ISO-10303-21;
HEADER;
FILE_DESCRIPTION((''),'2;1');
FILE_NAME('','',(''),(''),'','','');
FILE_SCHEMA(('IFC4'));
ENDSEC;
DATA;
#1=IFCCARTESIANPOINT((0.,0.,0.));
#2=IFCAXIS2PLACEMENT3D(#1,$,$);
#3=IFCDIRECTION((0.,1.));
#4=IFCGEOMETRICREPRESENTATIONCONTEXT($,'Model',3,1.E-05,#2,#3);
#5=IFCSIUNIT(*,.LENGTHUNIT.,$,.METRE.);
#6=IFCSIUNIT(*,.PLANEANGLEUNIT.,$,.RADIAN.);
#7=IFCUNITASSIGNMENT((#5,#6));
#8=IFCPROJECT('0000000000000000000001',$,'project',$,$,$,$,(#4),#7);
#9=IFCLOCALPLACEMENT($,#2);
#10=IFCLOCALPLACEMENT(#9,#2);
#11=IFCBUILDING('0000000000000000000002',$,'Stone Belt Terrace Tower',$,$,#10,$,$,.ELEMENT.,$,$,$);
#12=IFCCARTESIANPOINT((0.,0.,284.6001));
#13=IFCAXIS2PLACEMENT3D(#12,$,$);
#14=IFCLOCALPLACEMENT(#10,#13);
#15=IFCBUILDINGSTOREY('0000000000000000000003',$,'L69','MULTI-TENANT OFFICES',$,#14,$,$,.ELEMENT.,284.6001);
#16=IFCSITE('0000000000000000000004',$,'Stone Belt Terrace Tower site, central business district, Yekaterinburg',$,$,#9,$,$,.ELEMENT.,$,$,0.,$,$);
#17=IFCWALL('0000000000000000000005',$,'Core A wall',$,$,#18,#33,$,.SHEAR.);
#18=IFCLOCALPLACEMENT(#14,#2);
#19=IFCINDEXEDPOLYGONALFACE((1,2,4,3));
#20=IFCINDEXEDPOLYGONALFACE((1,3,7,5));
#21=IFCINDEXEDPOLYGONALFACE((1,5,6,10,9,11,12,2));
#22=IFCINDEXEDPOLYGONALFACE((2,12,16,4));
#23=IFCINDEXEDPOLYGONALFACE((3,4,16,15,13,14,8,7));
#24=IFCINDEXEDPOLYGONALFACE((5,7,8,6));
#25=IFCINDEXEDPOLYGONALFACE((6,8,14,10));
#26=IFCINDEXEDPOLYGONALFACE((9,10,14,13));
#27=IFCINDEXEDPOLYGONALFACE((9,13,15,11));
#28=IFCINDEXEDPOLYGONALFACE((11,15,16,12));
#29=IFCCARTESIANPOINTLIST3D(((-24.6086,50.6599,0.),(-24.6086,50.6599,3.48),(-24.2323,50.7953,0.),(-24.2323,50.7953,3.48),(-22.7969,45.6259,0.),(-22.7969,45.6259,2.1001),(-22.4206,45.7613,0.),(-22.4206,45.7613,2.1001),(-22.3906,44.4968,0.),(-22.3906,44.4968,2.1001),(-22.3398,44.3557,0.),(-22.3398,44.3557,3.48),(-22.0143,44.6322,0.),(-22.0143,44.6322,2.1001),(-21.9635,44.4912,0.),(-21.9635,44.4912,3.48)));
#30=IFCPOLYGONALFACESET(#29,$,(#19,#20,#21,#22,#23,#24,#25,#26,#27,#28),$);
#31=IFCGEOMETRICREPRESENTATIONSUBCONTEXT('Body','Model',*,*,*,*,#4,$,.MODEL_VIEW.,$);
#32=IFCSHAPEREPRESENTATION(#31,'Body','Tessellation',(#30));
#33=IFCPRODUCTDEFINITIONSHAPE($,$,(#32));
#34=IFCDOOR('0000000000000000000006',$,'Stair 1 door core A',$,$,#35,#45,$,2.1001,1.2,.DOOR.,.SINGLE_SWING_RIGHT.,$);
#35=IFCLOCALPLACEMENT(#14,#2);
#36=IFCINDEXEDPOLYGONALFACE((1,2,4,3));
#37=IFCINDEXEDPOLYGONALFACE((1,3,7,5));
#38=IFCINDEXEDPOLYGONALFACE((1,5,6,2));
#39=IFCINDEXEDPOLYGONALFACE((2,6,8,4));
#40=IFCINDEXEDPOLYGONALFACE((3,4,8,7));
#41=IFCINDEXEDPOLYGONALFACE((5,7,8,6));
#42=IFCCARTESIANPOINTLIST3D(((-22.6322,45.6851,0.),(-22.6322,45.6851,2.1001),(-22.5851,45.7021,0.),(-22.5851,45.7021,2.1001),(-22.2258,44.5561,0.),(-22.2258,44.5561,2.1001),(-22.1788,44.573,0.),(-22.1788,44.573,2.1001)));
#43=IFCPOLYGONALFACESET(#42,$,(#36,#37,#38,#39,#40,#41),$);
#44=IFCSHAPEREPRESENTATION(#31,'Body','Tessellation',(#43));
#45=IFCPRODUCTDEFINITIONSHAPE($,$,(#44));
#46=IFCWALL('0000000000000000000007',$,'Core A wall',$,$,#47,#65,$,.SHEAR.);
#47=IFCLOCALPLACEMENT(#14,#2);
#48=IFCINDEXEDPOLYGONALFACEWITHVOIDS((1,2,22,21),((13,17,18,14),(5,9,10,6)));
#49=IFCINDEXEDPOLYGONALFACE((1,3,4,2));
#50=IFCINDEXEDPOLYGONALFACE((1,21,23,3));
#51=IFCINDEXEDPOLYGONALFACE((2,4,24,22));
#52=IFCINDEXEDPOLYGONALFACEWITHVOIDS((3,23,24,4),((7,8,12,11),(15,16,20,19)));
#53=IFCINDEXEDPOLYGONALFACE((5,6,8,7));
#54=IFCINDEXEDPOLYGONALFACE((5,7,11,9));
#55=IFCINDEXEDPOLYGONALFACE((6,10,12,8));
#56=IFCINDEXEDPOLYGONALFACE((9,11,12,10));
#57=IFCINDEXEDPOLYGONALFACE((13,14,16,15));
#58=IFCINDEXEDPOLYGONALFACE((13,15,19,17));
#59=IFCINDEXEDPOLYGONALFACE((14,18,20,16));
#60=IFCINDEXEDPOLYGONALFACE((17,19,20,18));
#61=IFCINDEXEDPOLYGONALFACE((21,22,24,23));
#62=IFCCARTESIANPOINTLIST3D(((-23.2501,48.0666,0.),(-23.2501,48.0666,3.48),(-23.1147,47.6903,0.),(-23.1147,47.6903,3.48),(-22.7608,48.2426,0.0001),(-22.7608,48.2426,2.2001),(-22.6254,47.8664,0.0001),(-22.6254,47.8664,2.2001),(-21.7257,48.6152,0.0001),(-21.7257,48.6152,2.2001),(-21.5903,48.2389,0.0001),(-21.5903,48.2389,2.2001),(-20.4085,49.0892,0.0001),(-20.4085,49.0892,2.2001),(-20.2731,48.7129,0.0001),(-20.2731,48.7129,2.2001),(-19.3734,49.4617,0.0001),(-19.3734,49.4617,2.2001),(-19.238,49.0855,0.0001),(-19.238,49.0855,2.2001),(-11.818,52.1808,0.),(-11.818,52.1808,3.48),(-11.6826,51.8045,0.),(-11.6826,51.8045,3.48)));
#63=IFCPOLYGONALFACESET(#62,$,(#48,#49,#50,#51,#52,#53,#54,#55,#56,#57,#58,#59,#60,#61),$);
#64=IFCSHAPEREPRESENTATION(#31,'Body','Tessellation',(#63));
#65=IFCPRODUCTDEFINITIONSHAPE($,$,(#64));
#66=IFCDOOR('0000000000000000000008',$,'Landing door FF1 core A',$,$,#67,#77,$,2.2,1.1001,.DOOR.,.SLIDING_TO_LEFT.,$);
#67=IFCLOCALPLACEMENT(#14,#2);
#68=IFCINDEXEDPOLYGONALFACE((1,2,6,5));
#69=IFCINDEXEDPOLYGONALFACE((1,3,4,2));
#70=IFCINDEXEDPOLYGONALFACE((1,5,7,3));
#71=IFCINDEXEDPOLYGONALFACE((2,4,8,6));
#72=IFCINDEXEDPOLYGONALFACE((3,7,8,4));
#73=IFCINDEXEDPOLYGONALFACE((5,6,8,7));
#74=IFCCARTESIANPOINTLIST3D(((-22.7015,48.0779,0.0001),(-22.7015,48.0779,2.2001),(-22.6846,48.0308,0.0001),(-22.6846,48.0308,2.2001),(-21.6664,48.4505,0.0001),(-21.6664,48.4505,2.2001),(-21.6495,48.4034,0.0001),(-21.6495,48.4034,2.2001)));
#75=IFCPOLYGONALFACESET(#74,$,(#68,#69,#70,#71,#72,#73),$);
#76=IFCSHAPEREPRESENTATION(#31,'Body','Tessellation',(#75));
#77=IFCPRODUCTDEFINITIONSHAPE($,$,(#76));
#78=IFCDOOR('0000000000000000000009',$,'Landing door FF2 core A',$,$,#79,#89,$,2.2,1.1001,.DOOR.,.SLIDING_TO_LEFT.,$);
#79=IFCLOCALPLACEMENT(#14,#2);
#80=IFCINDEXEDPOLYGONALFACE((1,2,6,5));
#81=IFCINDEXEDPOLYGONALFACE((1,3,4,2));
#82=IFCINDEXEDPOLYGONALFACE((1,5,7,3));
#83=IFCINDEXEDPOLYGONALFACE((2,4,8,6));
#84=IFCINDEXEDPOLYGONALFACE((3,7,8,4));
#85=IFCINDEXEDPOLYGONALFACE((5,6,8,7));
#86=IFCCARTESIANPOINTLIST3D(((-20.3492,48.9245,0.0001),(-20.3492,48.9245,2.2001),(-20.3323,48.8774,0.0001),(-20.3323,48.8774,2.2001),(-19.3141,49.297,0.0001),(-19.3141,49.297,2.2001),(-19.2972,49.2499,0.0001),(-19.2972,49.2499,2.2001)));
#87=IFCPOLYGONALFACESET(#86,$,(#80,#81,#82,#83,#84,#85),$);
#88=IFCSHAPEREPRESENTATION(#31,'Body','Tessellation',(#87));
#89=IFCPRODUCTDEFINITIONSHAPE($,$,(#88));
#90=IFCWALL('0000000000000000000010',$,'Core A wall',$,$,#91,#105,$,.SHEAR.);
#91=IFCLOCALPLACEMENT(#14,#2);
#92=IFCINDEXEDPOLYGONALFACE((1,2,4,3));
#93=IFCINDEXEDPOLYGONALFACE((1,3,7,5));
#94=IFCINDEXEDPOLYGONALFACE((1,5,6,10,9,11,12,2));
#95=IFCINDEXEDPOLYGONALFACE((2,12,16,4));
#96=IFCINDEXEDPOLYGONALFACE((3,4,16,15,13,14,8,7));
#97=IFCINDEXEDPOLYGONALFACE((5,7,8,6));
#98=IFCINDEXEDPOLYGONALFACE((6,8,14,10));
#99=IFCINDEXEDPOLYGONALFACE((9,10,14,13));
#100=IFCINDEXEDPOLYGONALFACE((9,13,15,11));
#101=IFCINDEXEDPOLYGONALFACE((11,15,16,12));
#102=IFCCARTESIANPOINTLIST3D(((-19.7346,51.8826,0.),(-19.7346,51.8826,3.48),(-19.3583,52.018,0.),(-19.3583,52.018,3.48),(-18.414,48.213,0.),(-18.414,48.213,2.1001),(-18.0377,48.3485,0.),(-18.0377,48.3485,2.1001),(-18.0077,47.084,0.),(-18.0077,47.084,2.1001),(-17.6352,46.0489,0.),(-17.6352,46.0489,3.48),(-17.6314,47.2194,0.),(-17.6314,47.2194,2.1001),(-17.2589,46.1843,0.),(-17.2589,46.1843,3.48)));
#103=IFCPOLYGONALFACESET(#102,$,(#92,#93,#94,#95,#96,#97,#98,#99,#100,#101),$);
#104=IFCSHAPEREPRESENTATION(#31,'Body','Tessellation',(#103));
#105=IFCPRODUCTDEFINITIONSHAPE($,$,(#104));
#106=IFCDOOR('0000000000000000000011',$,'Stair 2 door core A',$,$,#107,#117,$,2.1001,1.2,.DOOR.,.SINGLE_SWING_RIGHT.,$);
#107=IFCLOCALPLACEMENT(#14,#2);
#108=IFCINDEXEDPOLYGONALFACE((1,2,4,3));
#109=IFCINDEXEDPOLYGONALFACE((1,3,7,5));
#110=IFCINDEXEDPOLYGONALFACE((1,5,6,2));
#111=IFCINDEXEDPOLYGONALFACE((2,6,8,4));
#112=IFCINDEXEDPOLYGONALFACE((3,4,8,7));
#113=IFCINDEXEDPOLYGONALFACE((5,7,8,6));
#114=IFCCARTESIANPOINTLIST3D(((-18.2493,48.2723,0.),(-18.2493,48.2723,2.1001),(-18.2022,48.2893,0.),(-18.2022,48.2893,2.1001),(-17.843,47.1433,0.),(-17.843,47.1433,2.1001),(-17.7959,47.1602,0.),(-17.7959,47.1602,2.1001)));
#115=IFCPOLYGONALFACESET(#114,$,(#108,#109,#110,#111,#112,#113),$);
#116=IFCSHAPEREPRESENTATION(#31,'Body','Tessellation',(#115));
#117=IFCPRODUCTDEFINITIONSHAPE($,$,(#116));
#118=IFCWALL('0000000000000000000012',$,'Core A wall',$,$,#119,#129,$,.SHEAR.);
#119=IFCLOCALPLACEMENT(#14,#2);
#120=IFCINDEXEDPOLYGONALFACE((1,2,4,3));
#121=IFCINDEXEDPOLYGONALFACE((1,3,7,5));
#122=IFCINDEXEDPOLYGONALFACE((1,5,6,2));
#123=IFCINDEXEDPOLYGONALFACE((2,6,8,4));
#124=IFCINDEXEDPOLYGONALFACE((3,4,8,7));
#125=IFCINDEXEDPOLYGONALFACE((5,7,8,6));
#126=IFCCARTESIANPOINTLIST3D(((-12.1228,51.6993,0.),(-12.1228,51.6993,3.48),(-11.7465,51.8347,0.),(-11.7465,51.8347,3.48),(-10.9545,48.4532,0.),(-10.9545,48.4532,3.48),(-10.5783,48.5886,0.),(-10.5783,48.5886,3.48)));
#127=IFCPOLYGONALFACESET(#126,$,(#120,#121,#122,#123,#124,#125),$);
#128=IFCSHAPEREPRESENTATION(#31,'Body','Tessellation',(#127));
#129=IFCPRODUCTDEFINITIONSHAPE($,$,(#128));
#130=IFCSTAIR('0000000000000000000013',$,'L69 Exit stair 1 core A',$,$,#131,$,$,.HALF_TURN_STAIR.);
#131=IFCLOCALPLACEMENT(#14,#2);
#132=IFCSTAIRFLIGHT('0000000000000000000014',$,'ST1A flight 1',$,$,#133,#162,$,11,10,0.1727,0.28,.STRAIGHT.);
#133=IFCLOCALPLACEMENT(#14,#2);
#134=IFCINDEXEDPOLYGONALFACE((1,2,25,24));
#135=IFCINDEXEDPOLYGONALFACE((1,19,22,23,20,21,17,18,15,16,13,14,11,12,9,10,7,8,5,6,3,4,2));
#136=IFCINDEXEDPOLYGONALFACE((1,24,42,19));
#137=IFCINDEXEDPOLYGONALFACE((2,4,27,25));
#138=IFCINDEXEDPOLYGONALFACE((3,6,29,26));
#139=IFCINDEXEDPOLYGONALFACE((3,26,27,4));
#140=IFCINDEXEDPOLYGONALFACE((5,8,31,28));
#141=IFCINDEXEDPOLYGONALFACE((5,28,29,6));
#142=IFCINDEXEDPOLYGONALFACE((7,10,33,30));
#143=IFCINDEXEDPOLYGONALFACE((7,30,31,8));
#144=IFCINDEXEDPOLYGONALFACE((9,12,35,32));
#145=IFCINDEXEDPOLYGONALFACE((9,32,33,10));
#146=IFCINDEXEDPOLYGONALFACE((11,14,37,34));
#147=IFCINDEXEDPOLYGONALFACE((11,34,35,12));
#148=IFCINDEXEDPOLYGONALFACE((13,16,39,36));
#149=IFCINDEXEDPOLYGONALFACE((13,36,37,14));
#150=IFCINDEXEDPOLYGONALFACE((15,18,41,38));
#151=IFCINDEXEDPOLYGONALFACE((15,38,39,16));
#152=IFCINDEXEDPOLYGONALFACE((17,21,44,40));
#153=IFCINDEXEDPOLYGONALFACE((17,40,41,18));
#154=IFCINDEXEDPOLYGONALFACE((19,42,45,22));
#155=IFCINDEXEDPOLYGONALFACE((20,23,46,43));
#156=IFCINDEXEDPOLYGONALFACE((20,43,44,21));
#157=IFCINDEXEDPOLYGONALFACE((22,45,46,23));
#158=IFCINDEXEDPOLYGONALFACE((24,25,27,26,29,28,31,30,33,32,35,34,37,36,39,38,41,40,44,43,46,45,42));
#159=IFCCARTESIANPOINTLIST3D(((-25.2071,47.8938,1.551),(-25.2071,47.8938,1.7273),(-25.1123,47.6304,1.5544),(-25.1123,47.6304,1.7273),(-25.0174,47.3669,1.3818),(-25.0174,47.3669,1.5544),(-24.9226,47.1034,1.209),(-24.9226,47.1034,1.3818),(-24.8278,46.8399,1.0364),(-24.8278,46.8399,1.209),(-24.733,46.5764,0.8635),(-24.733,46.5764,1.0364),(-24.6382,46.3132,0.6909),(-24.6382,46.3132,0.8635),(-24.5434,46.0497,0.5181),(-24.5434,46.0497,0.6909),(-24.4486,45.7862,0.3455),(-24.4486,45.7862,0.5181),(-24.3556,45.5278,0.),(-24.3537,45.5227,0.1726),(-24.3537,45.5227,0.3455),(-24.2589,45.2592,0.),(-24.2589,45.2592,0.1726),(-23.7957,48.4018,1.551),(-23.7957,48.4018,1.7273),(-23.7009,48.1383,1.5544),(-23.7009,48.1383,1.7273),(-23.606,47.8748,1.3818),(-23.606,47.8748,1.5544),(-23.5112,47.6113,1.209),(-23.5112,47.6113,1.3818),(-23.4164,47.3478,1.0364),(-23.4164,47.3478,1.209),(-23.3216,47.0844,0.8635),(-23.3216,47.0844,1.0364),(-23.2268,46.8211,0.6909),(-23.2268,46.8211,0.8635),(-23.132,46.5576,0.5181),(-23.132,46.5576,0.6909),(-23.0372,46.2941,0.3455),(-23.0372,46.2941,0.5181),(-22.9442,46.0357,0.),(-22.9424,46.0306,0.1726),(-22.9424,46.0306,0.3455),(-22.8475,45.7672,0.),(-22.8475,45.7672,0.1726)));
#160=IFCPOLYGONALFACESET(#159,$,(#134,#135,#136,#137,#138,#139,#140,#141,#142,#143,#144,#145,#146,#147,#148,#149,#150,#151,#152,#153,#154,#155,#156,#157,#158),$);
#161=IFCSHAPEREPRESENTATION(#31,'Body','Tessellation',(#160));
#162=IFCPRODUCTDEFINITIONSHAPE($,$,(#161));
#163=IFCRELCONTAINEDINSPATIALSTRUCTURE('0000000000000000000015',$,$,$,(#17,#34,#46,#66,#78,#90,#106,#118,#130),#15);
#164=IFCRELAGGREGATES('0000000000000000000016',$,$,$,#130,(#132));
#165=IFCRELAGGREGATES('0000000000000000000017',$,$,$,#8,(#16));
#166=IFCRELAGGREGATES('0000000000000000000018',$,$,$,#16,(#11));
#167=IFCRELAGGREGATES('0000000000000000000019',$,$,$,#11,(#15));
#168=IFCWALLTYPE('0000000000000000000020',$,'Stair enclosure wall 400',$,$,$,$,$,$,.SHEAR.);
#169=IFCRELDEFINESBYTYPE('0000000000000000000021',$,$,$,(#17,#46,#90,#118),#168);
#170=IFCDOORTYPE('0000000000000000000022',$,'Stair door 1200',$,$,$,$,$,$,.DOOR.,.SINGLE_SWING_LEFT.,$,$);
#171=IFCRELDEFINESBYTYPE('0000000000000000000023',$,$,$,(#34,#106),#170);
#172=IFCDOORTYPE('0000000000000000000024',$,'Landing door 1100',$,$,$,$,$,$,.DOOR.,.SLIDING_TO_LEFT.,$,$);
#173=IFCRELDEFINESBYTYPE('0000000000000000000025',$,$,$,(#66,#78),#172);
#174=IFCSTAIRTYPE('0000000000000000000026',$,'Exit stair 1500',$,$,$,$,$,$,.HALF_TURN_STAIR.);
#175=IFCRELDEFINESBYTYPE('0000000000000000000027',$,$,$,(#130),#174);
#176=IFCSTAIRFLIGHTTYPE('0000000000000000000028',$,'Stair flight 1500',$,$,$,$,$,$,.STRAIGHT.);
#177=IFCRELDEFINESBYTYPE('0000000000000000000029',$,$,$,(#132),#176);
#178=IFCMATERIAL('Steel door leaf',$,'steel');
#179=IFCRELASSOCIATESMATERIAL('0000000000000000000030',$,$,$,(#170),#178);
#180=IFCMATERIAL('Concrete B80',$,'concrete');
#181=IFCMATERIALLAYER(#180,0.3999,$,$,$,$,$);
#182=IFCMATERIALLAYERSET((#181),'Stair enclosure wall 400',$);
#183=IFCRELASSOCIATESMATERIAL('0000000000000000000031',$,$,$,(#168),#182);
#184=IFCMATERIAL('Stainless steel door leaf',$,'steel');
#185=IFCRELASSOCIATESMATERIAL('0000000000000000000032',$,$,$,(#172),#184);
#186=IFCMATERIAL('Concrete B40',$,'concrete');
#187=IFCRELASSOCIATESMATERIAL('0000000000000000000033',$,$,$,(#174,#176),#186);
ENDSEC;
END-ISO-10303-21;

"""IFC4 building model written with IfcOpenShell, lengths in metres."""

from ifc_helpers import new_model, si_unit, direction, frame, frame_2d, origin, place, context, subcontext, project, spatial, polyline, rectangle, outline, extrude, material, layer, layer_set, type_object, element, fill, aggregate, save


model = new_model("IFC4")

# Units and contexts
model_context = context("Model", 3, precision=1e-05, world=origin(), true_north=direction((0.0, 1.0)))
body_context = subcontext(model_context, "Body", "Model", "MODEL_VIEW")
ifc_project = project(units=[si_unit("LENGTHUNIT", "METRE"), si_unit("PLANEANGLEUNIT", "RADIAN")], contexts=[model_context])

# Site, building, storey
site_placement = place(None, origin())
site = spatial("IfcSite", under=ifc_project, at=site_placement, Name="Stone Belt Terrace Tower site, central business district, Yekaterinburg", CompositionType="ELEMENT", RefElevation=0.0)
building_placement = place(site_placement, origin())
building = spatial("IfcBuilding", under=site, at=building_placement, Name="Stone Belt Terrace Tower", CompositionType="ELEMENT")
storey_placement = place(building_placement, frame((0.0, 0.0, 284.6001)))
storey = spatial("IfcBuildingStorey", under=building, at=storey_placement, Name="L69", Description="MULTI-TENANT OFFICES", CompositionType="ELEMENT", Elevation=284.6001)

# Wall, opening, door
ifc_material_1 = material(Name="Steel door leaf", Category="steel")
door_type_1 = type_object("IfcDoorType", Name="Stair door 1200", OperationType="SINGLE_SWING_LEFT", PredefinedType="DOOR", material=ifc_material_1)
ifc_material_2 = material(Name="Concrete B80", Category="concrete")
ifc_layer_1 = layer(ifc_material_2, 0.3999)
ifc_layer_set_1 = layer_set([ifc_layer_1], Name="Stair enclosure wall 400")
wall_type_1 = type_object("IfcWallType", Name="Stair enclosure wall 400", PredefinedType="SHEAR", material=ifc_layer_set_1)
wall_1_placement = place(storey_placement, frame((-22.1516, 44.4233, 0.0), z_axis=(0.0, 0.0, 1.0), x_axis=(-0.338625, 0.940921, 0.0)))
wall_1 = element("IfcWall", 1, at=wall_1_placement, inside=storey, type_object=wall_type_1, Name="Core A wall", PredefinedType="SHEAR", context=body_context, shape_type="SweptSolid", body=[
    extrude(rectangle(XDim=6.7, YDim=0.3999, at=frame_2d((3.3501, 0.0))), origin(), (0.0, 0.0, 1.0), 3.48),
])
opening_1_placement = place(wall_1_placement, frame((0.1499, 0.0, 0.0)))
opening_1 = element("IfcOpeningElement", 2, at=opening_1_placement, cuts=wall_1, PredefinedType="OPENING", context=body_context, shape_type="SweptSolid", body=[
    extrude(rectangle(XDim=1.2, YDim=2.1001, at=frame_2d((0.6001, 1.05))), frame((0.0, 0.21, 0.0), z_axis=(0.0, -1.0, 0.0), x_axis=(1.0, 0.0, 0.0)), (0.0, 0.0, 1.0), 0.4199),
])
door_1_placement = place(opening_1_placement, origin())
door_1 = element("IfcDoor", 3, at=door_1_placement, inside=storey, type_object=door_type_1, Name="Stair 1 door core A", OperationType="SINGLE_SWING_RIGHT", OverallHeight=2.1001, OverallWidth=1.2, PredefinedType="DOOR", context=body_context, shape_type="SweptSolid", body=[
    extrude(rectangle(XDim=1.2, YDim=2.1001, at=frame_2d((0.6001, 1.05))), frame((0.0, 0.0249, 0.0), z_axis=(0.0, -1.0, 0.0), x_axis=(1.0, 0.0, 0.0)), (0.0, 0.0, 1.0), 0.05),
])
fill(opening_1, door_1)

# Wall, openings, doors
wall_2_placement = place(storey_placement, frame((-23.1824, 47.8784, 0.0), z_axis=(0.0, 0.0, 1.0), x_axis=(0.940922, 0.338624, 0.0)))
wall_2 = element("IfcWall", 4, at=wall_2_placement, inside=storey, type_object=wall_type_1, Name="Core A wall", PredefinedType="SHEAR", context=body_context, shape_type="SweptSolid", body=[
    extrude(rectangle(XDim=12.1499, YDim=0.3999, at=frame_2d((6.075, 0.0))), origin(), (0.0, 0.0, 1.0), 3.48),
])
opening_2_placement = place(wall_2_placement, frame((0.52, 0.0, 0.0)))
opening_2 = element("IfcOpeningElement", 5, at=opening_2_placement, cuts=wall_2, PredefinedType="OPENING", context=body_context, shape_type="SweptSolid", body=[
    extrude(rectangle(XDim=1.1001, YDim=2.2, at=frame_2d((0.55, 1.1001))), frame((0.0, 0.21, 0.0), z_axis=(0.0, -1.0, 0.0), x_axis=(1.0, 0.0, 0.0)), (0.0, 0.0, 1.0), 0.4199),
])
opening_3_placement = place(wall_2_placement, frame((3.02, 0.0, 0.0)))
opening_3 = element("IfcOpeningElement", 6, at=opening_3_placement, cuts=wall_2, PredefinedType="OPENING", context=body_context, shape_type="SweptSolid", body=[
    extrude(rectangle(XDim=1.1001, YDim=2.2, at=frame_2d((0.55, 1.1001))), frame((0.0, 0.21, 0.0), z_axis=(0.0, -1.0, 0.0), x_axis=(1.0, 0.0, 0.0)), (0.0, 0.0, 1.0), 0.4199),
])
ifc_material_3 = material(Name="Stainless steel door leaf", Category="steel")
door_type_2 = type_object("IfcDoorType", Name="Landing door 1100", OperationType="SLIDING_TO_LEFT", PredefinedType="DOOR", material=ifc_material_3)
door_2_placement = place(opening_2_placement, origin())
door_2 = element("IfcDoor", 7, at=door_2_placement, inside=storey, type_object=door_type_2, Name="Landing door FF1 core A", OperationType="SLIDING_TO_LEFT", OverallHeight=2.2, OverallWidth=1.1001, PredefinedType="DOOR", context=body_context, shape_type="SweptSolid", body=[
    extrude(rectangle(XDim=1.1001, YDim=2.2, at=frame_2d((0.55, 1.1001))), frame((0.0, 0.0249, 0.0), z_axis=(0.0, -1.0, 0.0), x_axis=(1.0, 0.0, 0.0)), (0.0, 0.0, 1.0), 0.05),
])
fill(opening_2, door_2)
door_3_placement = place(opening_3_placement, origin())
door_3 = element("IfcDoor", 8, at=door_3_placement, inside=storey, type_object=door_type_2, Name="Landing door FF2 core A", OperationType="SLIDING_TO_LEFT", OverallHeight=2.2, OverallWidth=1.1001, PredefinedType="DOOR", context=body_context, shape_type="SweptSolid", body=[
    extrude(rectangle(XDim=1.1001, YDim=2.2, at=frame_2d((0.55, 1.1001))), frame((0.0, 0.0249, 0.0), z_axis=(0.0, -1.0, 0.0), x_axis=(1.0, 0.0, 0.0)), (0.0, 0.0, 1.0), 0.05),
])
fill(opening_3, door_3)

# Wall, opening, door
wall_3_placement = place(storey_placement, frame((-17.447, 46.1165, 0.0), z_axis=(0.0, 0.0, 1.0), x_axis=(-0.338608, 0.940928, 0.0)))
wall_3 = element("IfcWall", 9, at=wall_3_placement, inside=storey, type_object=wall_type_1, Name="Core A wall", PredefinedType="SHEAR", context=body_context, shape_type="SweptSolid", body=[
    extrude(rectangle(XDim=6.2, YDim=0.3999, at=frame_2d((3.1001, 0.0))), origin(), (0.0, 0.0, 1.0), 3.48),
])
opening_4_placement = place(wall_3_placement, frame((1.1001, 0.0, 0.0)))
opening_4 = element("IfcOpeningElement", 10, at=opening_4_placement, cuts=wall_3, PredefinedType="OPENING", context=body_context, shape_type="SweptSolid", body=[
    extrude(rectangle(XDim=1.2, YDim=2.1001, at=frame_2d((0.6001, 1.05))), frame((0.0, 0.21, 0.0), z_axis=(0.0, -1.0, 0.0), x_axis=(1.0, 0.0, 0.0)), (0.0, 0.0, 1.0), 0.4199),
])
door_4_placement = place(opening_4_placement, origin())
door_4 = element("IfcDoor", 11, at=door_4_placement, inside=storey, type_object=door_type_1, Name="Stair 2 door core A", OperationType="SINGLE_SWING_RIGHT", OverallHeight=2.1001, OverallWidth=1.2, PredefinedType="DOOR", context=body_context, shape_type="SweptSolid", body=[
    extrude(rectangle(XDim=1.2, YDim=2.1001, at=frame_2d((0.6001, 1.05))), frame((0.0, 0.0249, 0.0), z_axis=(0.0, -1.0, 0.0), x_axis=(1.0, 0.0, 0.0)), (0.0, 0.0, 1.0), 0.05),
])
fill(opening_4, door_4)

# Wall
wall_4_placement = place(storey_placement, frame((-10.7664, 48.5208, 0.0), z_axis=(0.0, 0.0, 1.0), x_axis=(-0.338622, 0.940923, 0.0)))
element("IfcWall", 12, at=wall_4_placement, inside=storey, type_object=wall_type_1, Name="Core A wall", PredefinedType="SHEAR", context=body_context, shape_type="SweptSolid", body=[
    extrude(rectangle(XDim=3.45, YDim=0.3999, at=frame_2d((1.7251, 0.0))), origin(), (0.0, 0.0, 1.0), 3.48),
])

# Stair, stair flight
ifc_material_4 = material(Name="Concrete B40", Category="concrete")
stair_type = type_object("IfcStairType", Name="Exit stair 1500", PredefinedType="HALF_TURN_STAIR", material=ifc_material_4)
stair_1_placement = place(storey_placement, origin())
stair_1 = element("IfcStair", 13, at=stair_1_placement, inside=storey, type_object=stair_type, Name="L69 Exit stair 1 core A", PredefinedType="HALF_TURN_STAIR")
stair_flight_type = type_object("IfcStairFlightType", Name="Stair flight 1500", PredefinedType="STRAIGHT", material=ifc_material_4)
stair_flight_1_placement = place(storey_placement, frame((-23.5532, 45.5132, 0.0), z_axis=(0.0, 0.0, 1.0), x_axis=(-0.338624, 0.940922, 0.0)))
stair_flight_1 = element("IfcStairFlight", 14, at=stair_flight_1_placement, type_object=stair_flight_type, Name="ST1A flight 1", NumberOfRisers=11, NumberOfTreads=10, PredefinedType="STRAIGHT", RiserHeight=0.1727, TreadLength=0.28, context=body_context, shape_type="SweptSolid", body=[
    extrude(outline(polyline([(0.0, 0.0), (0.0, 0.1726), (0.28, 0.1726), (0.28, 0.3455), (0.5601, 0.3455), (0.5601, 0.5181), (0.8401, 0.5181), (0.8401, 0.6909), (1.1201, 0.6909), (1.1201, 0.8635), (1.3999, 0.8635), (1.3999, 1.0364), (1.6799, 1.0364), (1.6799, 1.209), (1.96, 1.209), (1.96, 1.3818), (2.24, 1.3818), (2.24, 1.5544), (2.52, 1.5544), (2.52, 1.7273), (2.8, 1.7273), (2.8, 1.8999), (2.8, 1.551), (0.2854, 0.0), (0.0, 0.0)])), frame((0.0, 0.75, 0.0), z_axis=(0.0, -1.0, 0.0), x_axis=(1.0, 0.0, 0.0)), (0.0, 0.0, 1.0), 1.5),
])
aggregate(stair_1, [stair_flight_1])

save(model, "model.ifc")
